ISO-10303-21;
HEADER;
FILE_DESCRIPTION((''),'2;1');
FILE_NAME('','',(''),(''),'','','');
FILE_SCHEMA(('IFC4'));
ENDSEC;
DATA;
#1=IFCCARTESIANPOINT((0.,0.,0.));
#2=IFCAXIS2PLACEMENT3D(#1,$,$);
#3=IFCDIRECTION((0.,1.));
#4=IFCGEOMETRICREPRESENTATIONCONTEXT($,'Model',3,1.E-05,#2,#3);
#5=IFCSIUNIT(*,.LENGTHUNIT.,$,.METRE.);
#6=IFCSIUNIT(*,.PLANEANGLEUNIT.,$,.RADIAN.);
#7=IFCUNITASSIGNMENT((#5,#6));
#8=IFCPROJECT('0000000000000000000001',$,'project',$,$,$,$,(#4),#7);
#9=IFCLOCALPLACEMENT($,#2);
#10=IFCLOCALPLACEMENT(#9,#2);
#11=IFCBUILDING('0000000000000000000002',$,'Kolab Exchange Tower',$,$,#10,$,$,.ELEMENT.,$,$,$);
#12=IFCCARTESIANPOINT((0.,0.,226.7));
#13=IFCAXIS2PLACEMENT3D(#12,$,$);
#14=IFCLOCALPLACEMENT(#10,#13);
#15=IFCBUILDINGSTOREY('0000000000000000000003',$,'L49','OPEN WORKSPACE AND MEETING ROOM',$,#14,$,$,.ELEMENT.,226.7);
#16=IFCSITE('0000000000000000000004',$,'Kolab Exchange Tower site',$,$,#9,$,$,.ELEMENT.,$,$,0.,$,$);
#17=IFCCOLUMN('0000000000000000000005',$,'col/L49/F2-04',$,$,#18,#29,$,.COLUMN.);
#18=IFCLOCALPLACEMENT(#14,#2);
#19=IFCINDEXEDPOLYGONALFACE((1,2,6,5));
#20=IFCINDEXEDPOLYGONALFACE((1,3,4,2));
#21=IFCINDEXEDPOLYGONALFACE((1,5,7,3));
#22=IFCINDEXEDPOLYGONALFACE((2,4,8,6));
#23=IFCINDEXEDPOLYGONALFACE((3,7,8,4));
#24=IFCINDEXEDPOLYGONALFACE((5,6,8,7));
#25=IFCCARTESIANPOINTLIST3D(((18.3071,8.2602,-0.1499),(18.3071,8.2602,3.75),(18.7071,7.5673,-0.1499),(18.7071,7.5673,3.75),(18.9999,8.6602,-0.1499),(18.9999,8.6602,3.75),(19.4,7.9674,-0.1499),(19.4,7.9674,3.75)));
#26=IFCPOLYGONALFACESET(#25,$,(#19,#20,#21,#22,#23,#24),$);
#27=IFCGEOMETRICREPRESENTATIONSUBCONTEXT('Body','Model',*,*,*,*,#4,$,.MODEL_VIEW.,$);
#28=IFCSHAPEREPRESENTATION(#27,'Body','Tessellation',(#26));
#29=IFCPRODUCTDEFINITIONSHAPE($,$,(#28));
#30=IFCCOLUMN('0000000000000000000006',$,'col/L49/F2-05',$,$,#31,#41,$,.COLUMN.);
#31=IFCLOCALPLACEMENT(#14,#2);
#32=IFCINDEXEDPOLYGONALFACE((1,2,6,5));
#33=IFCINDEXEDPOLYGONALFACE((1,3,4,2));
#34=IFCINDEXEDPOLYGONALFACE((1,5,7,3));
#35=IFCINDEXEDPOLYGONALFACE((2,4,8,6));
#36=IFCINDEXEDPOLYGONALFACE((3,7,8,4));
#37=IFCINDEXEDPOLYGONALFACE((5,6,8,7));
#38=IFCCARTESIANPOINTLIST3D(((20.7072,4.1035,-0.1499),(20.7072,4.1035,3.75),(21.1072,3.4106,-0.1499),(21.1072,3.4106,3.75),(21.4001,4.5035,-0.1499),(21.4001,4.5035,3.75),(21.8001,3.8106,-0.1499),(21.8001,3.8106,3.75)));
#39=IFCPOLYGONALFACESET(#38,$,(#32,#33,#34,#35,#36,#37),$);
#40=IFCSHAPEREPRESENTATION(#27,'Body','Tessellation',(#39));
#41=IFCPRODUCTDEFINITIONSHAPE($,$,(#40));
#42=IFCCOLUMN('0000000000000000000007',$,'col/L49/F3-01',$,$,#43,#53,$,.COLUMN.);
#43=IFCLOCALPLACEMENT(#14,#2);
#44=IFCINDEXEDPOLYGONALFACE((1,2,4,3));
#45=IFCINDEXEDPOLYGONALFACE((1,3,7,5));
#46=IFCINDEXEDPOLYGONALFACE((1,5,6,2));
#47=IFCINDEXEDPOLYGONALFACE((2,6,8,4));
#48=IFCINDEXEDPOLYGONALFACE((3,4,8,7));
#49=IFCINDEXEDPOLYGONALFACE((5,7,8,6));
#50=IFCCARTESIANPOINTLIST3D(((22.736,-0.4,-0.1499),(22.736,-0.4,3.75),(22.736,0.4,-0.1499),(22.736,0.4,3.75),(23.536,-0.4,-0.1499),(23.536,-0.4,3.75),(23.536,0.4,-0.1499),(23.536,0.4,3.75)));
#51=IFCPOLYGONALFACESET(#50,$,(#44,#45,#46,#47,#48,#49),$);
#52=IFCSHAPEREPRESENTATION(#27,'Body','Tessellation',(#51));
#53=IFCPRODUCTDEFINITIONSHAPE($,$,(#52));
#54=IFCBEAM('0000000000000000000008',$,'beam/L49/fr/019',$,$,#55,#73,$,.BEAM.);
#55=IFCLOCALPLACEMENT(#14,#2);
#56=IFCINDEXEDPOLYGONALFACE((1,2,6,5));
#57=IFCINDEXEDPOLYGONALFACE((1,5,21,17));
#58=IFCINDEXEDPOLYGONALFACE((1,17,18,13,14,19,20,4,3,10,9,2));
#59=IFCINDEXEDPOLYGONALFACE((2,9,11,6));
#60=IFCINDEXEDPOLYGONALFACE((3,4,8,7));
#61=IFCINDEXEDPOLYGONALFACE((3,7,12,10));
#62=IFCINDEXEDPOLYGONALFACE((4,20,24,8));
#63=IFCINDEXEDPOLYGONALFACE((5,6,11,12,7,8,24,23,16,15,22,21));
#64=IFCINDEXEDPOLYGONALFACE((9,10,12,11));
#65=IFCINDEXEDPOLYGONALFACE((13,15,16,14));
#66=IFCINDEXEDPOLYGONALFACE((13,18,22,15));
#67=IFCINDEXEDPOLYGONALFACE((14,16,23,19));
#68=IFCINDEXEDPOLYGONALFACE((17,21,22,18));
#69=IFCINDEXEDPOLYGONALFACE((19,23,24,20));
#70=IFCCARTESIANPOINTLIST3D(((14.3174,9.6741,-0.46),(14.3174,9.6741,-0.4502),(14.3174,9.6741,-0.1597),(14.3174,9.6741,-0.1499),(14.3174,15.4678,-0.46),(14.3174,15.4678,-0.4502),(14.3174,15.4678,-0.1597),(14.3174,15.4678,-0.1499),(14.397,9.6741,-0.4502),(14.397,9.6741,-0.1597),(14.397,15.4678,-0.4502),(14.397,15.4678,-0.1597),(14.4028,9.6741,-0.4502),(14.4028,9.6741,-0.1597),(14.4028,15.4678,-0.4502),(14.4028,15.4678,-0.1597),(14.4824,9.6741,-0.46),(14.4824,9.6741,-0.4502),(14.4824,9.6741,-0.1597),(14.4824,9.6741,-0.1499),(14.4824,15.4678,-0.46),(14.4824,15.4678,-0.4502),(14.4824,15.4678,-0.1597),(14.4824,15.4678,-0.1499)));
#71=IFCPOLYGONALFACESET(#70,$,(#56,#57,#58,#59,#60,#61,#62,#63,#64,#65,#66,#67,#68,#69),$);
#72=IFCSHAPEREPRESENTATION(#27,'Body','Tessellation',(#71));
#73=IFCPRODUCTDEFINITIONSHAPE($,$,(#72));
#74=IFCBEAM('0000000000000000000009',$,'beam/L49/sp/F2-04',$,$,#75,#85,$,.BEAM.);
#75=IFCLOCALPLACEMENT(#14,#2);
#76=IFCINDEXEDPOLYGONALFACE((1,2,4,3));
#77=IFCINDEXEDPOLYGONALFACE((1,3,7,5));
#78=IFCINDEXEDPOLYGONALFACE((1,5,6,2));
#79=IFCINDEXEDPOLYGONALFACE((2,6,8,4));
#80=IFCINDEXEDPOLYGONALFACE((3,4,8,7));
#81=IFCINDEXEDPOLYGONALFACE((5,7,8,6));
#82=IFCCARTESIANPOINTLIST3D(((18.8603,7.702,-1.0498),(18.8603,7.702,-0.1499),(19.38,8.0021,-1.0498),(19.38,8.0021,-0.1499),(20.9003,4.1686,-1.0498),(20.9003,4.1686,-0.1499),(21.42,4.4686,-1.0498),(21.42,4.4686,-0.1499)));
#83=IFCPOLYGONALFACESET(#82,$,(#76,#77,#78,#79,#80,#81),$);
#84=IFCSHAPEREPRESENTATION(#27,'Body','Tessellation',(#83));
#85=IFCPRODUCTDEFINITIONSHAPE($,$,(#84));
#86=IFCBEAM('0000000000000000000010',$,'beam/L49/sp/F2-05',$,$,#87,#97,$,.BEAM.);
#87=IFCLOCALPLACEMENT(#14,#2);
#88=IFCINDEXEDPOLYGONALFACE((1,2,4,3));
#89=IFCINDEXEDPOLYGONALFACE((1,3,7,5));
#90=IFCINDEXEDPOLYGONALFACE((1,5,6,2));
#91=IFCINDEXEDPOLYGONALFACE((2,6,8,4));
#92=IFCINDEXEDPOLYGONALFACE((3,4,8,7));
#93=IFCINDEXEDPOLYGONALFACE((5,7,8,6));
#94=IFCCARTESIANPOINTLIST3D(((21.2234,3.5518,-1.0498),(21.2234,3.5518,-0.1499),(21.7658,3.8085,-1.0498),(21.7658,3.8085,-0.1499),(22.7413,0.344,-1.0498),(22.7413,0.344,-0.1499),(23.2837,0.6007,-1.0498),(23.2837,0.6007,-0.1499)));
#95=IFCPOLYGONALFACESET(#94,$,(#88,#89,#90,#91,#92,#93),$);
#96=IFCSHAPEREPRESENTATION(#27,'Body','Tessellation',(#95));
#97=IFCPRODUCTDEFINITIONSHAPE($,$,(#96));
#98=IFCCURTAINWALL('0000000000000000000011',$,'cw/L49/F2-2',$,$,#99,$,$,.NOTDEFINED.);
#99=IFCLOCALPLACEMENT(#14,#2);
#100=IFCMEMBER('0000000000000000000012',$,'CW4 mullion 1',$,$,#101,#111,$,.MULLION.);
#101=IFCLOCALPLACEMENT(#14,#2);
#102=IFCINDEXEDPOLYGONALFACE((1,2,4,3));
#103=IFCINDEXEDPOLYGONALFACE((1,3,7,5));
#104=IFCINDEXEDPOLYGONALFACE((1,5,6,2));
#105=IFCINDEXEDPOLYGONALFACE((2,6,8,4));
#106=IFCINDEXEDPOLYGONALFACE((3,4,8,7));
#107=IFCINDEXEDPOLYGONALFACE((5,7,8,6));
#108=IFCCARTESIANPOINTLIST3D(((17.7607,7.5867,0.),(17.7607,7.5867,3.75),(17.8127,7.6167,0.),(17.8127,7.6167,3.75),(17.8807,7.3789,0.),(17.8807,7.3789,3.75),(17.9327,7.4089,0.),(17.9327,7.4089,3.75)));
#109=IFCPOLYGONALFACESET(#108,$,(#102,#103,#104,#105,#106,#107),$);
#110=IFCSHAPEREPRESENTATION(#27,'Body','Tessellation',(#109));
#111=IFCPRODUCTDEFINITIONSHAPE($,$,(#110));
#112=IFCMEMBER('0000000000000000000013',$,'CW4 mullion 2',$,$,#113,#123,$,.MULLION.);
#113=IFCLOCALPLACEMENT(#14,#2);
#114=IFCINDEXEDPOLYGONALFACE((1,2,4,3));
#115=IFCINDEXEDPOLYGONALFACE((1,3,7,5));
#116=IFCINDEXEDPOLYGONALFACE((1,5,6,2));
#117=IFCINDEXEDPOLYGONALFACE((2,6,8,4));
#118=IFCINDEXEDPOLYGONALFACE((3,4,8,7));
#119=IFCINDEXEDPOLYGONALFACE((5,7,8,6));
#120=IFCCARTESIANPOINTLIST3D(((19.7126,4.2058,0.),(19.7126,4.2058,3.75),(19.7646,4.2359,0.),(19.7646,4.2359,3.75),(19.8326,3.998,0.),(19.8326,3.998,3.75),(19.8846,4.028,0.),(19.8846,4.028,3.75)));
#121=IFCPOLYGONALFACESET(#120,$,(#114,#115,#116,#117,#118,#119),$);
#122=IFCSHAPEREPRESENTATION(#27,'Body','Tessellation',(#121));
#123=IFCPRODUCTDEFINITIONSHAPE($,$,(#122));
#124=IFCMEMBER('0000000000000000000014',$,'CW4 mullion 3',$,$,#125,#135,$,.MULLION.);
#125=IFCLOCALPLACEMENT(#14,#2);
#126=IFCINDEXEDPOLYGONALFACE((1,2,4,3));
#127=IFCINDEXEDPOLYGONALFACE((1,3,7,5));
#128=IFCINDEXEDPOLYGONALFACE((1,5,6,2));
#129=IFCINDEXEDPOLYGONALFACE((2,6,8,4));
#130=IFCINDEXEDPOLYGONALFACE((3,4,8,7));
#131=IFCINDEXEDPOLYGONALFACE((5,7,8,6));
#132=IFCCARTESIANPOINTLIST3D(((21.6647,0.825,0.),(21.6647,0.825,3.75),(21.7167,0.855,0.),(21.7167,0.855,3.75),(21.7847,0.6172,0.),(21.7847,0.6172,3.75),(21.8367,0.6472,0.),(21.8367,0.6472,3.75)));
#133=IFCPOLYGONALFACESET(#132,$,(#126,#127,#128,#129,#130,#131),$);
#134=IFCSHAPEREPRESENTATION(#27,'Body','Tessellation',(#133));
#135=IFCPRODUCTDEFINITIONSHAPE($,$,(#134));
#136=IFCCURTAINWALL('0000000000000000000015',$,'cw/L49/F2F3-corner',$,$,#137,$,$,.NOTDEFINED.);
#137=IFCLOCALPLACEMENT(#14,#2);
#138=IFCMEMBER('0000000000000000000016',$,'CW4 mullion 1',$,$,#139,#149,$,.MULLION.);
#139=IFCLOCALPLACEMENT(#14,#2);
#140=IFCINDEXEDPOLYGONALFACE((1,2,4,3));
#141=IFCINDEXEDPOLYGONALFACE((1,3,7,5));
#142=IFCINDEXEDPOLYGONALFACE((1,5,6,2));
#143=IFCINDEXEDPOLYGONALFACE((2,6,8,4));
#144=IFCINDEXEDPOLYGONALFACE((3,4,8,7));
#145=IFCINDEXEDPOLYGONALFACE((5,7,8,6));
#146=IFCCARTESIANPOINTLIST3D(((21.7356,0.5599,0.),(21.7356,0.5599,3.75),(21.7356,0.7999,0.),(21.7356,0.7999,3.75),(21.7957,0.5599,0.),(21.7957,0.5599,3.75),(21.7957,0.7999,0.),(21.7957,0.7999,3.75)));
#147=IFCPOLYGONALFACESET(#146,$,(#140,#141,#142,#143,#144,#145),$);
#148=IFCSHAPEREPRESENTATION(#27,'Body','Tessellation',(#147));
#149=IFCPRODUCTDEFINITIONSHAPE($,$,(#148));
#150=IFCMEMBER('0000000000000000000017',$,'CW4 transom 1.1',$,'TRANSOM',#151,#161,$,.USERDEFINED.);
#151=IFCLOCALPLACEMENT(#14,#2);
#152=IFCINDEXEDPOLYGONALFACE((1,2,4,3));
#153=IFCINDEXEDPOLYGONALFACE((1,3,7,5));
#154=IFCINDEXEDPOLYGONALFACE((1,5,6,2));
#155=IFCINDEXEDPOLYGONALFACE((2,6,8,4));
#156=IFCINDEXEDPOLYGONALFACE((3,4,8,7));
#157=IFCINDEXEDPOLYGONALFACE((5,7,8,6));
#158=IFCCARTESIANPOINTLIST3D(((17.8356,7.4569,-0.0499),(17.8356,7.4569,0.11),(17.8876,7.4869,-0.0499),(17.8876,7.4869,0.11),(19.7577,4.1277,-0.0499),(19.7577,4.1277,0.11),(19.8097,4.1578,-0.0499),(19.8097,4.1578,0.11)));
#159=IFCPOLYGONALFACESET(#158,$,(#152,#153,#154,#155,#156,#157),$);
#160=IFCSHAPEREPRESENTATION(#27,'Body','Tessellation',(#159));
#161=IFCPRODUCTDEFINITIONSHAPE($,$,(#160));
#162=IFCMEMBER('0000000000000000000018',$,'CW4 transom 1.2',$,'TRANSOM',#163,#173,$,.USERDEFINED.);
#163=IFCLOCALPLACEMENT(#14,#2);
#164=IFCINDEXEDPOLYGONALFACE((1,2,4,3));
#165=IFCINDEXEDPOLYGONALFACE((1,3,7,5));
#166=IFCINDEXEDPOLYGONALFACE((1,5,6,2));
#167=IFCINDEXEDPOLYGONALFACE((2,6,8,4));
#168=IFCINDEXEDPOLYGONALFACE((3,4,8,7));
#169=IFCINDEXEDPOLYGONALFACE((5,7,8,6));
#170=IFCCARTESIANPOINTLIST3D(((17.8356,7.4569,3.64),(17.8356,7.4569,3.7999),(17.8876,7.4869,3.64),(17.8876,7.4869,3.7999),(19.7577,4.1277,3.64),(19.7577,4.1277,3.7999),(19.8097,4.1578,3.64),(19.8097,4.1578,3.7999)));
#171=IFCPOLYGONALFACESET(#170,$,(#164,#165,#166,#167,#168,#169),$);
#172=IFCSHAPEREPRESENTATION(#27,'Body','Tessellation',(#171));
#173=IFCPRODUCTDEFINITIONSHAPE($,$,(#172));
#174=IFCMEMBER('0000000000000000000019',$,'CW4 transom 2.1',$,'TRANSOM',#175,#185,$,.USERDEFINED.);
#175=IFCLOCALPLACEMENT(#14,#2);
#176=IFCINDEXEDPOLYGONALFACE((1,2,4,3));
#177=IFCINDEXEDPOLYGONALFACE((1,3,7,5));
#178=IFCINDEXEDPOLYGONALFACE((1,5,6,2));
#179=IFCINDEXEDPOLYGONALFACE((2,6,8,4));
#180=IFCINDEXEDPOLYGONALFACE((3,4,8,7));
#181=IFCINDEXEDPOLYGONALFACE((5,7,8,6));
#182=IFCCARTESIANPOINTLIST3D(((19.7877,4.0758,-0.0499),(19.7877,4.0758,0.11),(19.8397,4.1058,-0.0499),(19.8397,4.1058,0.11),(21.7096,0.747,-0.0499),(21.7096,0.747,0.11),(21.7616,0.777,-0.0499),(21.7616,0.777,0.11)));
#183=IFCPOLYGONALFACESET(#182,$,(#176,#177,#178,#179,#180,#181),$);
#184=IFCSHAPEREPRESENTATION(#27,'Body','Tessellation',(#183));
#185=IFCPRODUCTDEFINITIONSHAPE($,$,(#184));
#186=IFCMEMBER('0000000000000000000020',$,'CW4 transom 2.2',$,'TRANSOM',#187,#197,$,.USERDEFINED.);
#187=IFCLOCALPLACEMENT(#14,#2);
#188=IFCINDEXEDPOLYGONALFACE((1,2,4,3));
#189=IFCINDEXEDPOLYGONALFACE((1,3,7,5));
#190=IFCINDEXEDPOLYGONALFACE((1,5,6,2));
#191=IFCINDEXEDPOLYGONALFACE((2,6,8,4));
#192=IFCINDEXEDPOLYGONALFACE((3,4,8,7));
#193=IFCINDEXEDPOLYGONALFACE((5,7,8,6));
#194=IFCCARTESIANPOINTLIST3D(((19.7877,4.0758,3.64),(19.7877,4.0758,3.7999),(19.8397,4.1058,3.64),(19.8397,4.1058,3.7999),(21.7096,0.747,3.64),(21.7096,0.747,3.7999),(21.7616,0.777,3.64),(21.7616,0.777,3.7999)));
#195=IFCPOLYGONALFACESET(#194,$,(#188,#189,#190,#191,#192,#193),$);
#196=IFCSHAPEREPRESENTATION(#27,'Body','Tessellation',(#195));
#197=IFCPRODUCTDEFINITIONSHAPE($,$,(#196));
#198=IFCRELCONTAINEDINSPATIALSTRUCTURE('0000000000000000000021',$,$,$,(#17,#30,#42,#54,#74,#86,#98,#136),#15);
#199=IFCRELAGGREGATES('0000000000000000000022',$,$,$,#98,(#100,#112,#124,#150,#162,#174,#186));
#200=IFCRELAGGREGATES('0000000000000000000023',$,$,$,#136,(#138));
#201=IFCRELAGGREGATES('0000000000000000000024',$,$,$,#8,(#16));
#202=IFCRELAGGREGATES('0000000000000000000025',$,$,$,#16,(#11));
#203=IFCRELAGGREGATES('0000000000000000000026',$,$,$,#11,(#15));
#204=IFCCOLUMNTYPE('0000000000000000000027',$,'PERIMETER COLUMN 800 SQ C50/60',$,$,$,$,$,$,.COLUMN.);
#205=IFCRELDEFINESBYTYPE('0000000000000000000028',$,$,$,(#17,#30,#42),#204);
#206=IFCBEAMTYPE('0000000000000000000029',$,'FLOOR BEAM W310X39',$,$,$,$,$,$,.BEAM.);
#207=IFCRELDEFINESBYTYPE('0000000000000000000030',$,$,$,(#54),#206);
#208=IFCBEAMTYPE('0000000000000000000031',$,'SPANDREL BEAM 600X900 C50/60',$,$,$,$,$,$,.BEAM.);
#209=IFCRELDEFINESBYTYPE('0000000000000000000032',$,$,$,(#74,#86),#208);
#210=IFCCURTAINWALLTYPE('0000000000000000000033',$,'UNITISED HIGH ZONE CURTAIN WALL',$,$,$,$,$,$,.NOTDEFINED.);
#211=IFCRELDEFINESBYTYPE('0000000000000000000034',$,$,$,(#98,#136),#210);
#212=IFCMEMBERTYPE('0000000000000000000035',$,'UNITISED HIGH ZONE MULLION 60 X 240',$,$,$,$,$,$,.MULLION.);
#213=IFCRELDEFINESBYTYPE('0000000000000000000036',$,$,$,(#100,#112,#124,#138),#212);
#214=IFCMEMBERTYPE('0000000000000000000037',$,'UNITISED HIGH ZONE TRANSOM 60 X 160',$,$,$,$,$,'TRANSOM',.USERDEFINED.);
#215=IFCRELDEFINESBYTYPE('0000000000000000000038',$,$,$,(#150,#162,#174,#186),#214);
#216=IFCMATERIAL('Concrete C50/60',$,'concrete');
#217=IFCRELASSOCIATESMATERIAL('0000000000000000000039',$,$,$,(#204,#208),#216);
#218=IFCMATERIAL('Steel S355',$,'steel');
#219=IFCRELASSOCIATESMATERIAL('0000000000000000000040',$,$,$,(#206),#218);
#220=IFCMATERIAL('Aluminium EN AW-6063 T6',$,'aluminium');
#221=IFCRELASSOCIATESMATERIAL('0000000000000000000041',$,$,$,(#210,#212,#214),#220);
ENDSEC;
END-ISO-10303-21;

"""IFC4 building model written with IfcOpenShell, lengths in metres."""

from ifc_helpers import new_model, si_unit, direction, frame, origin, origin_2d, place, context, subcontext, project, spatial, rectangle, i_section, extrude, material, material_profile, profile_set, type_object, element, aggregate, save


model = new_model("IFC4")

# Units and contexts
model_context = context("Model", 3, precision=1e-05, world=origin(), true_north=direction((0.0, 1.0)))
body_context = subcontext(model_context, "Body", "Model", "MODEL_VIEW")
ifc_project = project(units=[si_unit("LENGTHUNIT", "METRE"), si_unit("PLANEANGLEUNIT", "RADIAN")], contexts=[model_context])

# Site, building, storey
site_placement = place(None, origin())
site = spatial("IfcSite", under=ifc_project, at=site_placement, Name="Kolab Exchange Tower site", CompositionType="ELEMENT", RefElevation=0.0)
building_placement = place(site_placement, origin())
building = spatial("IfcBuilding", under=site, at=building_placement, Name="Kolab Exchange Tower", CompositionType="ELEMENT")
storey_placement = place(building_placement, frame((0.0, 0.0, 226.7)))
storey = spatial("IfcBuildingStorey", under=building, at=storey_placement, Name="L49", Description="OPEN WORKSPACE AND MEETING ROOM", CompositionType="ELEMENT", Elevation=226.7)

# Columns
ifc_material_1 = material(Name="Concrete C50/60", Category="concrete")
ifc_material_profile_1 = material_profile(ifc_material_1, rectangle(XDim=0.8, YDim=0.8, at=origin_2d()), Name="RC800")
ifc_profile_set_1 = profile_set([ifc_material_profile_1], Name="Concrete C50/60")
column_type = type_object("IfcColumnType", Name="PERIMETER COLUMN 800 SQ C50/60", PredefinedType="COLUMN", material=ifc_profile_set_1)
for number, where, z_axis, x_axis, name in (
    (1, (18.8535, 8.1138, -0.1499), (0.0, 0.0, 1.0), (0.866025, 0.5, 0.0), "col/L49/F2-04"),
    (2, (21.2537, 3.957, -0.1499), (0.0, 0.0, 1.0), (0.866025, 0.5, 0.0), "col/L49/F2-05"),
    (3, (23.136, 0.0, -0.1499), (0.0, 0.0, 1.0), (1.0, 0.0, 0.0), "col/L49/F3-01"),
):
    element("IfcColumn", number, at=place(storey_placement, frame(where, z_axis=z_axis, x_axis=x_axis)), inside=storey, type_object=column_type, Name=name, PredefinedType="COLUMN", context=body_context, shape_type="SweptSolid", body=[
        extrude(rectangle(XDim=0.8, YDim=0.8, at=origin_2d()), origin(), (0.0, 0.0, 1.0), 3.8999),
    ])

# Beams
ifc_material_2 = material(Name="Steel S355", Category="steel")
ifc_material_profile_2 = material_profile(ifc_material_2, i_section(OverallWidth=0.165, OverallDepth=0.3101, WebThickness=0.0059, FlangeThickness=0.0098, at=origin_2d()), Name="W310X39")
ifc_profile_set_2 = profile_set([ifc_material_profile_2], Name="Steel S355")
beam_type_1 = type_object("IfcBeamType", Name="FLOOR BEAM W310X39", PredefinedType="BEAM", material=ifc_profile_set_2)
beam_1_placement = place(storey_placement, frame((14.3999, 9.6741, -0.3049), z_axis=(0.0, 1.0, 0.0), x_axis=(-1.0, 0.0, 0.0)))
element("IfcBeam", 4, at=beam_1_placement, inside=storey, type_object=beam_type_1, Name="beam/L49/fr/019", PredefinedType="BEAM", context=body_context, shape_type="SweptSolid", body=[
    extrude(i_section(OverallWidth=0.165, OverallDepth=0.3101, WebThickness=0.0059, FlangeThickness=0.0098, at=origin_2d()), origin(), (0.0, 0.0, 1.0), 5.7937),
])
ifc_material_profile_3 = material_profile(ifc_material_1, rectangle(XDim=0.6001, YDim=0.8999, at=origin_2d()), Name="RC600X900")
ifc_profile_set_3 = profile_set([ifc_material_profile_3], Name="Concrete C50/60")
beam_type_2 = type_object("IfcBeamType", Name="SPANDREL BEAM 600X900 C50/60", PredefinedType="BEAM", material=ifc_profile_set_3)
beam_2_placement = place(storey_placement, frame((19.1201, 7.8521, -0.5999), z_axis=(0.5, -0.866025, 0.0), x_axis=(0.866025, 0.5, 0.0)))
element("IfcBeam", 5, at=beam_2_placement, inside=storey, type_object=beam_type_2, Name="beam/L49/sp/F2-04", PredefinedType="BEAM", context=body_context, shape_type="SweptSolid", body=[
    extrude(rectangle(XDim=0.6001, YDim=0.8999, at=origin_2d()), origin(), (0.0, 0.0, 1.0), 4.0801),
])
beam_3_placement = place(storey_placement, frame((21.4946, 3.6802, -0.5999), z_axis=(0.427708, -0.903917, 0.0), x_axis=(0.903917, 0.427708, 0.0)))
element("IfcBeam", 6, at=beam_3_placement, inside=storey, type_object=beam_type_2, Name="beam/L49/sp/F2-05", PredefinedType="BEAM", context=body_context, shape_type="SweptSolid", body=[
    extrude(rectangle(XDim=0.6001, YDim=0.8999, at=origin_2d()), origin(), (0.0, 0.0, 1.0), 3.5488),
])

# Curtain wall, members
ifc_material_3 = material(Name="Aluminium EN AW-6063 T6", Category="aluminium")
curtain_wall_type = type_object("IfcCurtainWallType", Name="UNITISED HIGH ZONE CURTAIN WALL", PredefinedType="NOTDEFINED", material=ifc_material_3)
curtain_wall_1_placement = place(storey_placement, origin())
curtain_wall_1 = element("IfcCurtainWall", 7, at=curtain_wall_1_placement, inside=storey, type_object=curtain_wall_type, Name="cw/L49/F2-2", PredefinedType="NOTDEFINED")
ifc_material_profile_4 = material_profile(ifc_material_3, rectangle(XDim=0.0601, YDim=0.24, at=origin_2d()), Name="RECT 60X240")
ifc_profile_set_4 = profile_set([ifc_material_profile_4], Name="Aluminium EN AW-6063 T6")
member_type_1 = type_object("IfcMemberType", Name="UNITISED HIGH ZONE MULLION 60 X 240", PredefinedType="MULLION", material=ifc_profile_set_4)
member_1_placement = place(storey_placement, frame((17.8467, 7.4978, 0.0), z_axis=(0.0, 0.0, 1.0), x_axis=(0.866025, 0.5, 0.0)))
member_1 = element("IfcMember", 8, at=member_1_placement, type_object=member_type_1, Name="CW4 mullion 1", PredefinedType="MULLION", context=body_context, shape_type="SweptSolid", body=[
    extrude(rectangle(XDim=0.0601, YDim=0.24, at=origin_2d()), origin(), (0.0, 0.0, 1.0), 3.75),
])
member_2_placement = place(storey_placement, frame((19.7986, 4.1169, 0.0), z_axis=(0.0, 0.0, 1.0), x_axis=(0.866025, 0.5, 0.0)))
member_2 = element("IfcMember", 9, at=member_2_placement, type_object=member_type_1, Name="CW4 mullion 2", PredefinedType="MULLION", context=body_context, shape_type="SweptSolid", body=[
    extrude(rectangle(XDim=0.0601, YDim=0.24, at=origin_2d()), origin(), (0.0, 0.0, 1.0), 3.75),
])
member_3_placement = place(storey_placement, frame((21.7507, 0.7361, 0.0), z_axis=(0.0, 0.0, 1.0), x_axis=(0.866025, 0.5, 0.0)))
member_3 = element("IfcMember", 10, at=member_3_placement, type_object=member_type_1, Name="CW4 mullion 3", PredefinedType="MULLION", context=body_context, shape_type="SweptSolid", body=[
    extrude(rectangle(XDim=0.0601, YDim=0.24, at=origin_2d()), origin(), (0.0, 0.0, 1.0), 3.75),
])

# Curtain wall, member
curtain_wall_2_placement = place(storey_placement, origin())
curtain_wall_2 = element("IfcCurtainWall", 11, at=curtain_wall_2_placement, inside=storey, type_object=curtain_wall_type, Name="cw/L49/F2F3-corner", PredefinedType="NOTDEFINED")
member_4_placement = place(storey_placement, frame((21.7656, 0.6799, 0.0), z_axis=(0.0, 0.0, 1.0), x_axis=(1.0, 0.0, 0.0)))
member_4 = element("IfcMember", 12, at=member_4_placement, type_object=member_type_1, Name="CW4 mullion 1", PredefinedType="MULLION", context=body_context, shape_type="SweptSolid", body=[
    extrude(rectangle(XDim=0.0601, YDim=0.24, at=origin_2d()), origin(), (0.0, 0.0, 1.0), 3.75),
])

# Members
ifc_material_profile_5 = material_profile(ifc_material_3, rectangle(XDim=0.0601, YDim=0.1599, at=origin_2d()), Name="RECT 60X160")
ifc_profile_set_5 = profile_set([ifc_material_profile_5], Name="Aluminium EN AW-6063 T6")
member_type_2 = type_object("IfcMemberType", Name="UNITISED HIGH ZONE TRANSOM 60 X 160", ElementType="TRANSOM", PredefinedType="USERDEFINED", material=ifc_profile_set_5)
member_5_placement = place(storey_placement, frame((17.8616, 7.4719, 0.03), z_axis=(0.500012, -0.866018, 0.0), x_axis=(0.866018, 0.500012, 0.0)))
member_5 = element("IfcMember", 13, at=member_5_placement, type_object=member_type_2, Name="CW4 transom 1.1", ObjectType="TRANSOM", PredefinedType="USERDEFINED", context=body_context, shape_type="SweptSolid", body=[
    extrude(rectangle(XDim=0.0601, YDim=0.1599, at=origin_2d()), origin(), (0.0, 0.0, 1.0), 3.8442),
])
member_6_placement = place(storey_placement, frame((17.8616, 7.4719, 3.72), z_axis=(0.500012, -0.866018, 0.0), x_axis=(0.866018, 0.500012, 0.0)))
member_6 = element("IfcMember", 14, at=member_6_placement, type_object=member_type_2, Name="CW4 transom 1.2", ObjectType="TRANSOM", PredefinedType="USERDEFINED", context=body_context, shape_type="SweptSolid", body=[
    extrude(rectangle(XDim=0.0601, YDim=0.1599, at=origin_2d()), origin(), (0.0, 0.0, 1.0), 3.8442),
])
member_7_placement = place(storey_placement, frame((19.8137, 4.0908, 0.03), z_axis=(0.499992, -0.86603, 0.0), x_axis=(0.86603, 0.499992, 0.0)))
member_7 = element("IfcMember", 15, at=member_7_placement, type_object=member_type_2, Name="CW4 transom 2.1", ObjectType="TRANSOM", PredefinedType="USERDEFINED", context=body_context, shape_type="SweptSolid", body=[
    extrude(rectangle(XDim=0.0601, YDim=0.1599, at=origin_2d()), origin(), (0.0, 0.0, 1.0), 3.8438),
])
member_8_placement = place(storey_placement, frame((19.8137, 4.0908, 3.72), z_axis=(0.499992, -0.86603, 0.0), x_axis=(0.86603, 0.499992, 0.0)))
member_8 = element("IfcMember", 16, at=member_8_placement, type_object=member_type_2, Name="CW4 transom 2.2", ObjectType="TRANSOM", PredefinedType="USERDEFINED", context=body_context, shape_type="SweptSolid", body=[
    extrude(rectangle(XDim=0.0601, YDim=0.1599, at=origin_2d()), origin(), (0.0, 0.0, 1.0), 3.8438),
])

aggregate(curtain_wall_1, [member_1, member_2, member_3, member_5, member_6, member_7, member_8])
aggregate(curtain_wall_2, [member_4])

save(model, "model.ifc")
